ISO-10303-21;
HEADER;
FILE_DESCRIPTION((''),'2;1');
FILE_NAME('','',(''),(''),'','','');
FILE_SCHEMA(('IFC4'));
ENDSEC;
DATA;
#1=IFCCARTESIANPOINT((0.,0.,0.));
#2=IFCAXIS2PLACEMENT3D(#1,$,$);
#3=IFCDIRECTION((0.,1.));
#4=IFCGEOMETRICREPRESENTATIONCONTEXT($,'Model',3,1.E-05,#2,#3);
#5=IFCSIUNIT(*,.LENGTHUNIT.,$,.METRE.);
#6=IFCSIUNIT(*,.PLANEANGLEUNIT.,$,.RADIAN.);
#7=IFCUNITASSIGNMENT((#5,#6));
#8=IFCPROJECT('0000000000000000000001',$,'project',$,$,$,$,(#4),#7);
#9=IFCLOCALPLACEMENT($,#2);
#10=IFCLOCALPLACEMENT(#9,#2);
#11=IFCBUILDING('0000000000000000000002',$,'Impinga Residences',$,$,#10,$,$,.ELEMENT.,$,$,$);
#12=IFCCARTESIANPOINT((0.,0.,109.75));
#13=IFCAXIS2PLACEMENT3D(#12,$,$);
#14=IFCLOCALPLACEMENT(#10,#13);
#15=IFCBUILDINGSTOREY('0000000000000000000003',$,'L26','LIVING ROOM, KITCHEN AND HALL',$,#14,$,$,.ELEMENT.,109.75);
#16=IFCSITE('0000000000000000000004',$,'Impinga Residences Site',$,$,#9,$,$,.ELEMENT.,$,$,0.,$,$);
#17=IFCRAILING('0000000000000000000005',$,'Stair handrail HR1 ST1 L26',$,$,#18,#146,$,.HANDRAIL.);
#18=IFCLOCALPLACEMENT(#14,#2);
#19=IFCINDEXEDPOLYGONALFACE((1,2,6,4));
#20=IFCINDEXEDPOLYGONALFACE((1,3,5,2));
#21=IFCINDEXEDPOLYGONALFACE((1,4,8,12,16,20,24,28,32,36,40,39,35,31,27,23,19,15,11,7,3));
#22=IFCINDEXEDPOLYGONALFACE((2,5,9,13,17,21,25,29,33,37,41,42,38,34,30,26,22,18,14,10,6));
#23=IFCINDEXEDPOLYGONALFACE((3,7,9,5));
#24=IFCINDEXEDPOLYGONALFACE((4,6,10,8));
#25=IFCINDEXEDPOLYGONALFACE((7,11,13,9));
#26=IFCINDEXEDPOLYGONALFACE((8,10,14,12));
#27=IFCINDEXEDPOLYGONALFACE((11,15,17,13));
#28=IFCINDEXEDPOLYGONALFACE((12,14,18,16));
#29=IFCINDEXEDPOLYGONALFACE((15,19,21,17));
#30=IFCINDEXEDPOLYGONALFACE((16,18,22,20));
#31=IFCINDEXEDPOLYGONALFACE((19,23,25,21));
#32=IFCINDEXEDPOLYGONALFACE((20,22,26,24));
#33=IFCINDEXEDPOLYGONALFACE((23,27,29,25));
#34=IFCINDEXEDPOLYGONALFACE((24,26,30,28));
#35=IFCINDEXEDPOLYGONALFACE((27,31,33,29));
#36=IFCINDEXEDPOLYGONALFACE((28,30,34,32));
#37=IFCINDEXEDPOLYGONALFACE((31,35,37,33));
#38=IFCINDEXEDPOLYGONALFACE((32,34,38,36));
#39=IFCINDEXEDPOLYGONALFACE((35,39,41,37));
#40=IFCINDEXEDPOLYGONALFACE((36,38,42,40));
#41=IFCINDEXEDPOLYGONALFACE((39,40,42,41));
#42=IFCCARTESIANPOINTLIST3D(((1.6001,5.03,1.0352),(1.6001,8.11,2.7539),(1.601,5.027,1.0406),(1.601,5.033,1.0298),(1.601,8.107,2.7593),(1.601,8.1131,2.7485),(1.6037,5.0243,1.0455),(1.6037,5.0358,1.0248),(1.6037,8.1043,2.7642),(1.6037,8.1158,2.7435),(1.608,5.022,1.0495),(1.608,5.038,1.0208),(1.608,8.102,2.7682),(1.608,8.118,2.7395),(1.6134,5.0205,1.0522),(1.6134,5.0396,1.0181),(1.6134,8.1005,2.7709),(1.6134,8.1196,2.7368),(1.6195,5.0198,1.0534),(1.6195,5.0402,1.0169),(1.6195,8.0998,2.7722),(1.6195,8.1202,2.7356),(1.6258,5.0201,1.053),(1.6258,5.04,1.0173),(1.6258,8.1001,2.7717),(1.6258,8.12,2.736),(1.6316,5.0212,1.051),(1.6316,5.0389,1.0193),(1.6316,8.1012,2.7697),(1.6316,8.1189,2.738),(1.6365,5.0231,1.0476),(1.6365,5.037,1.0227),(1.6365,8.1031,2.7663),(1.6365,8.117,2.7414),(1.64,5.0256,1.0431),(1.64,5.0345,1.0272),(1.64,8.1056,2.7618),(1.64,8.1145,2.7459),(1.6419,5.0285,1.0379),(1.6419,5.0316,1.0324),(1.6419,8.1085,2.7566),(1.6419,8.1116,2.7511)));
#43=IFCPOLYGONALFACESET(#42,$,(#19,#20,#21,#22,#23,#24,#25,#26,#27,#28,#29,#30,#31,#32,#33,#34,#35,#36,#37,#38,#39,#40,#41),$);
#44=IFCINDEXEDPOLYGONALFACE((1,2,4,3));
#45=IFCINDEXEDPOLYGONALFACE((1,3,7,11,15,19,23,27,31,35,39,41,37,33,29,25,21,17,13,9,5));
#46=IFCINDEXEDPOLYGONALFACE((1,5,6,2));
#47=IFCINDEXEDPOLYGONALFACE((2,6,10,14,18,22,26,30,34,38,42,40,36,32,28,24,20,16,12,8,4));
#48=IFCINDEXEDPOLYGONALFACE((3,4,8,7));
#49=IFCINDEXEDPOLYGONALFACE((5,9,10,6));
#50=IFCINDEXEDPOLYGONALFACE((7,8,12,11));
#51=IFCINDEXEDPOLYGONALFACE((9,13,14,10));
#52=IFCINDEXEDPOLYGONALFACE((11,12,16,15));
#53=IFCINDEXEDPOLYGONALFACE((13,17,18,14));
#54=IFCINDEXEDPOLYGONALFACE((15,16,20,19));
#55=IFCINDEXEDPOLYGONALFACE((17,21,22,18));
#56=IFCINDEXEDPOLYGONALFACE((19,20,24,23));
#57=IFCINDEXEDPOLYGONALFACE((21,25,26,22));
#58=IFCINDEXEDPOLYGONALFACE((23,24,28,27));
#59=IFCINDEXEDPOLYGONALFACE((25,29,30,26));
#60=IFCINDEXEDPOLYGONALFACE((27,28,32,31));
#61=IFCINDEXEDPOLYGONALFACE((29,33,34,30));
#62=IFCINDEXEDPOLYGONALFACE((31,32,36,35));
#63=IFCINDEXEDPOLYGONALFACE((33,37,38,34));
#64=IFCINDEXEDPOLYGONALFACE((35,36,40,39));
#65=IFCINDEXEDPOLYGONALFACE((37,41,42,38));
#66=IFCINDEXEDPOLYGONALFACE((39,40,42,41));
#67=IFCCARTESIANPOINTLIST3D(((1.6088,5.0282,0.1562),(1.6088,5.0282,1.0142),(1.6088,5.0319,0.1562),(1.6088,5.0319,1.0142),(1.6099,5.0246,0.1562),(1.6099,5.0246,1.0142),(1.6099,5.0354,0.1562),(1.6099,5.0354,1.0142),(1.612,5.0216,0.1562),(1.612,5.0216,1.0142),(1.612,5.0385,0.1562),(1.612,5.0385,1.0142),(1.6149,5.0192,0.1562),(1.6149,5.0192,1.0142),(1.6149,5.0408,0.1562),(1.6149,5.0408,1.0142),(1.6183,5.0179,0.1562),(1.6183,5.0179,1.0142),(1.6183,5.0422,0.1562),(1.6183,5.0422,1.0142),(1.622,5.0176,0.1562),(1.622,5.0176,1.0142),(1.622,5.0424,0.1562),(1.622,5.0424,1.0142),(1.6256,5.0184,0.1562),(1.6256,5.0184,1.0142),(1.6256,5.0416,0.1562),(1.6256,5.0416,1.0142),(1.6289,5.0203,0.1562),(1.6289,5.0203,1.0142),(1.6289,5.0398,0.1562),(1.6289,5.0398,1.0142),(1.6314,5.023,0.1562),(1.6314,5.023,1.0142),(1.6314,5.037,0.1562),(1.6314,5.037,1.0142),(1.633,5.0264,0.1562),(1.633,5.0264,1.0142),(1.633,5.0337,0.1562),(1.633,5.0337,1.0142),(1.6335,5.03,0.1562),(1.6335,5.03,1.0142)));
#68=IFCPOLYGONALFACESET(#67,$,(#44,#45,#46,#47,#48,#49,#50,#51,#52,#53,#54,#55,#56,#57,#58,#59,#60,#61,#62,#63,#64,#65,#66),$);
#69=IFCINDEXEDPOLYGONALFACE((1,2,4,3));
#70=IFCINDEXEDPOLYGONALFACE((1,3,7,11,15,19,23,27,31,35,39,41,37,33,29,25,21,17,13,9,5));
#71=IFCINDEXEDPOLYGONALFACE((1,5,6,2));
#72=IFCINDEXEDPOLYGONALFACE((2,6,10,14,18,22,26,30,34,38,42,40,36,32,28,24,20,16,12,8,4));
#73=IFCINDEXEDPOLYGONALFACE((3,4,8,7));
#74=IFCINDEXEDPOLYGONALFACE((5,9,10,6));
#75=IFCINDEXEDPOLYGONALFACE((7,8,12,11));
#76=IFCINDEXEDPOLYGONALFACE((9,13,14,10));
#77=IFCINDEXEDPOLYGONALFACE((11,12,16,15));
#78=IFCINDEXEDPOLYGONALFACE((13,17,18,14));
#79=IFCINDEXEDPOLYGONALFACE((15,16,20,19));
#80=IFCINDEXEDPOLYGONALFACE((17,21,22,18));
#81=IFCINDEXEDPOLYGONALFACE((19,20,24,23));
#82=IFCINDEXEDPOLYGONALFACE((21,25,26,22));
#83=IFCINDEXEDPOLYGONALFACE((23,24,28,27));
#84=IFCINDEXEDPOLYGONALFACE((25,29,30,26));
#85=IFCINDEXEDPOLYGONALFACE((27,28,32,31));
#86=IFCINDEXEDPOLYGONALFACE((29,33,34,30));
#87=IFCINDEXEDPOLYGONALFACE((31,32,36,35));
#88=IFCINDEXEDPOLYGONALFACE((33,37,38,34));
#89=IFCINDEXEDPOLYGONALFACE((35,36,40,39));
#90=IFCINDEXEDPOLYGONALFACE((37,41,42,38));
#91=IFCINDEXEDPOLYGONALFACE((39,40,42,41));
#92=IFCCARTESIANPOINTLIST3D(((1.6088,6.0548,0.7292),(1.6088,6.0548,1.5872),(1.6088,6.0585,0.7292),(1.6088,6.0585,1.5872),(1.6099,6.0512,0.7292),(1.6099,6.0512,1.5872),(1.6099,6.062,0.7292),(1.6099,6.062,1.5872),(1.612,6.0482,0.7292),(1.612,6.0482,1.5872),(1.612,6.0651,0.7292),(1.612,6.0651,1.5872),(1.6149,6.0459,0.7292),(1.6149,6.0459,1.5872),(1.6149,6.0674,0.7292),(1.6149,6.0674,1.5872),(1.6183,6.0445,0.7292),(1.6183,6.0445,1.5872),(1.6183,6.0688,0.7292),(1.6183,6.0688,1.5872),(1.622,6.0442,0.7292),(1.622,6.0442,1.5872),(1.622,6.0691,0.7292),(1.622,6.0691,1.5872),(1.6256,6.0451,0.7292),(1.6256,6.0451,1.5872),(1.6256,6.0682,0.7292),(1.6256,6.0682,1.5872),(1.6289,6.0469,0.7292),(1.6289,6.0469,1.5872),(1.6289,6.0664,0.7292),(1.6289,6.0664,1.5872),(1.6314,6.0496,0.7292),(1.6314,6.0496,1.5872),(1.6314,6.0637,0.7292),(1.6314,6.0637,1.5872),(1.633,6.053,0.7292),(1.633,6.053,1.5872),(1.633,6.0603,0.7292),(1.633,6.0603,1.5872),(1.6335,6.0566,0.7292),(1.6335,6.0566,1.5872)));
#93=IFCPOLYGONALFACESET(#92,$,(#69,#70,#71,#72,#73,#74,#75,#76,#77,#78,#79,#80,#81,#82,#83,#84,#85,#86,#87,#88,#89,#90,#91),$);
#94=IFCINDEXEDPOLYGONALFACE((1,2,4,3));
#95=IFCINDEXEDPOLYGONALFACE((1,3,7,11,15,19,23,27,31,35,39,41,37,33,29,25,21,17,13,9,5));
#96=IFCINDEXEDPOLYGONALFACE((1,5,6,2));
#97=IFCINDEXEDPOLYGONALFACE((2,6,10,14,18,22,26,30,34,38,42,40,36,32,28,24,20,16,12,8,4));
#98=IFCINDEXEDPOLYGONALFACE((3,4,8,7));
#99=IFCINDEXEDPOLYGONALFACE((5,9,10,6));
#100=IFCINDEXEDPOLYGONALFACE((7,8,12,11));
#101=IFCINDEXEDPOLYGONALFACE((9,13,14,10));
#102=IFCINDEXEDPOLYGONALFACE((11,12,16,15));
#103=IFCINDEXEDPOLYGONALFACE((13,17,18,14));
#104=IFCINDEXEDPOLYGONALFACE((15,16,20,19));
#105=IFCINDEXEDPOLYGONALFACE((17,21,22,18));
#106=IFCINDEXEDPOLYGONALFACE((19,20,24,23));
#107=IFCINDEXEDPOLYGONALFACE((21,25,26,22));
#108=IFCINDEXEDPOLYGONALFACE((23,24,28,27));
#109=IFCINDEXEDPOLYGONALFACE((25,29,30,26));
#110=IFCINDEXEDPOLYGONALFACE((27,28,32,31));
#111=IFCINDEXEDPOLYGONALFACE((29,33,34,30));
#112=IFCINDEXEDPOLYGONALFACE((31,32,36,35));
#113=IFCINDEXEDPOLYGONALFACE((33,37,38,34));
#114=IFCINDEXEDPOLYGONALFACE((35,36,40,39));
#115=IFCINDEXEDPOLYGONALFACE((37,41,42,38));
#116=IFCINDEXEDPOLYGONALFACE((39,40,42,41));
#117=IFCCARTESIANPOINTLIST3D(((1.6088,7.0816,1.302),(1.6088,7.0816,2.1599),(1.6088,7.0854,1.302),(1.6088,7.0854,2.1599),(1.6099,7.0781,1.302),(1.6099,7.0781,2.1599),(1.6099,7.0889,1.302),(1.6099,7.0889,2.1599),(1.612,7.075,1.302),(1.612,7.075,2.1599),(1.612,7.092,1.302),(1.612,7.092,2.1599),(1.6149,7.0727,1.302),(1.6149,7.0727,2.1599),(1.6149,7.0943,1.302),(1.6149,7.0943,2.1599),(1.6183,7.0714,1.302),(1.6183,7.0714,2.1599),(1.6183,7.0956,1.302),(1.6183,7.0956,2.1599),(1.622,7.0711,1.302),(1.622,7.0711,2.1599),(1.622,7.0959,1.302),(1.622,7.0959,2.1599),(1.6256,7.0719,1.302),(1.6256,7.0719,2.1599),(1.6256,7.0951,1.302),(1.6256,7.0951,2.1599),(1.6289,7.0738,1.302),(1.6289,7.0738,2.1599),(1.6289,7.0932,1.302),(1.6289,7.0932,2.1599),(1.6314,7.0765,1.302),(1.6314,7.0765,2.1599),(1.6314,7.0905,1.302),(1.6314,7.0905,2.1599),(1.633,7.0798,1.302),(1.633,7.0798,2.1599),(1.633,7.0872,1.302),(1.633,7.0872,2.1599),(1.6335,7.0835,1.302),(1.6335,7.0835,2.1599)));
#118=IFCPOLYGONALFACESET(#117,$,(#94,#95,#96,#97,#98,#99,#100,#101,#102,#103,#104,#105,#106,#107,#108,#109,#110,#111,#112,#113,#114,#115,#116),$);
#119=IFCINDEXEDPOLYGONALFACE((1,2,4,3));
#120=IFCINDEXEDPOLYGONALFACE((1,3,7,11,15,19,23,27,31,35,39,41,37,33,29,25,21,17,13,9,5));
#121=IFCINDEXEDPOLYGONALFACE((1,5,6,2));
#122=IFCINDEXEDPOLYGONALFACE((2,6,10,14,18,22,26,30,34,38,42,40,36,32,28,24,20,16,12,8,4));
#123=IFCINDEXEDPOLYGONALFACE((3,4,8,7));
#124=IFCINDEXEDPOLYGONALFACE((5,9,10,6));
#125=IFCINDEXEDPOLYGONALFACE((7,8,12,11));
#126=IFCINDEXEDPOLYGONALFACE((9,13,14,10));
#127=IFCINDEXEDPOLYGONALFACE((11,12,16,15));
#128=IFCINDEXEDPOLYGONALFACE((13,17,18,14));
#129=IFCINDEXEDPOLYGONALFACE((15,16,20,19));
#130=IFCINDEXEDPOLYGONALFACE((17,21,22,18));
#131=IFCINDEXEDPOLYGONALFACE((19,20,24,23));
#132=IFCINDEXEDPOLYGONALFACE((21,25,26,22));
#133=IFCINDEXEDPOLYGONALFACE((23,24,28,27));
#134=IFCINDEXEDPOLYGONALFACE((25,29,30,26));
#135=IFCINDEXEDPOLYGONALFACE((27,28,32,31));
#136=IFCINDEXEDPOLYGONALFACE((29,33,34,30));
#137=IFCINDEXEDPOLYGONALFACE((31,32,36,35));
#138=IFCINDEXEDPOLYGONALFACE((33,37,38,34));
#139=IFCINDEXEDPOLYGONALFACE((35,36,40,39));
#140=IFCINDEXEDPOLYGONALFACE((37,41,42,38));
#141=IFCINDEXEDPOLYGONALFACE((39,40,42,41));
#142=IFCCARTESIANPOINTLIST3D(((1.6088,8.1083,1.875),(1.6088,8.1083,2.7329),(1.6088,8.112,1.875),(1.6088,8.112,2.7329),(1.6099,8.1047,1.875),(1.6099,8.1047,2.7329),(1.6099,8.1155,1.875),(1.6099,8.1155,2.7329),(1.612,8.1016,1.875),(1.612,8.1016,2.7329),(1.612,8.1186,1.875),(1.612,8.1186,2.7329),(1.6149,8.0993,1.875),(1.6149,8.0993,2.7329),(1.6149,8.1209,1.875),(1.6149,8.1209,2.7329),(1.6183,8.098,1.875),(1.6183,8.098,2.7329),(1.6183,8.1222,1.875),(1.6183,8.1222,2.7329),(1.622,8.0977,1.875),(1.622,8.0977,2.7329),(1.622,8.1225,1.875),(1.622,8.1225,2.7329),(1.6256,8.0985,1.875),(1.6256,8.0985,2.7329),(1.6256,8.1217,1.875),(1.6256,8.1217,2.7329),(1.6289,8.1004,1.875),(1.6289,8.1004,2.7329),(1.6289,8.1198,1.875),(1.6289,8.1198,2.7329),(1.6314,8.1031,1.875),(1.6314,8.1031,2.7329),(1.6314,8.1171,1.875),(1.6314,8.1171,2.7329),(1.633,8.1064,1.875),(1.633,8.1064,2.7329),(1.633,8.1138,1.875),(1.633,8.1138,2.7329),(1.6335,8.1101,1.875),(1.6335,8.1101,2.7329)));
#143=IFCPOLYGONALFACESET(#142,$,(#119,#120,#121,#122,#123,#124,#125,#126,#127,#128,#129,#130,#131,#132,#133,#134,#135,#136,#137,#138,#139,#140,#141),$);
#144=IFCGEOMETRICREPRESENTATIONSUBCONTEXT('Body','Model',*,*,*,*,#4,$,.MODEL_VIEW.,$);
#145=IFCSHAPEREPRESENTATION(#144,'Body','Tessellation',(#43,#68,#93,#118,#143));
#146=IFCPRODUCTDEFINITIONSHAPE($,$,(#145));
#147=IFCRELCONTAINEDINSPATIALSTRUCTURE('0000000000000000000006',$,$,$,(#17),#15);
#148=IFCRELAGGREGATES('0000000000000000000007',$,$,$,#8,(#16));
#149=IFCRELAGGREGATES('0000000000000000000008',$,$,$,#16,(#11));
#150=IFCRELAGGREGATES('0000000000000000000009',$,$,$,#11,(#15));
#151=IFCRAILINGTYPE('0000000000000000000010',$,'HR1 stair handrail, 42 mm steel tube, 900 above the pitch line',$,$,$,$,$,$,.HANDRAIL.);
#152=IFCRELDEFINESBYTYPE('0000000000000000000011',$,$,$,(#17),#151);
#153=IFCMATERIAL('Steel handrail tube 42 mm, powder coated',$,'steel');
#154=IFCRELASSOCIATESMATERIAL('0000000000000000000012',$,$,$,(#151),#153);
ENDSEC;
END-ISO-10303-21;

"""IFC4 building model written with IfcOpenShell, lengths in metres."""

from ifc_helpers import new_model, si_unit, direction, frame, origin, origin_2d, place, context, subcontext, project, spatial, circle, extrude, material, type_object, element, save


model = new_model("IFC4")

# Units and contexts
model_context = context("Model", 3, precision=1e-05, world=origin(), true_north=direction((0.0, 1.0)))
body_context = subcontext(model_context, "Body", "Model", "MODEL_VIEW")
ifc_project = project(units=[si_unit("LENGTHUNIT", "METRE"), si_unit("PLANEANGLEUNIT", "RADIAN")], contexts=[model_context])

# Site, building, storey
site_placement = place(None, origin())
site = spatial("IfcSite", under=ifc_project, at=site_placement, Name="Impinga Residences Site", CompositionType="ELEMENT", RefElevation=0.0)
building_placement = place(site_placement, origin())
building = spatial("IfcBuilding", under=site, at=building_placement, Name="Impinga Residences", CompositionType="ELEMENT")
storey_placement = place(building_placement, frame((0.0, 0.0, 109.75)))
storey = spatial("IfcBuildingStorey", under=building, at=storey_placement, Name="L26", Description="LIVING ROOM, KITCHEN AND HALL", CompositionType="ELEMENT", Elevation=109.75)

# Railing
ifc_material_1 = material(Name="Steel handrail tube 42 mm, powder coated", Category="steel")
railing_type_1 = type_object("IfcRailingType", Name="HR1 stair handrail, 42 mm steel tube, 900 above the pitch line", PredefinedType="HANDRAIL", material=ifc_material_1)
railing_1_placement = place(storey_placement, frame((1.6211, 5.03, 0.1562)))
element("IfcRailing", 1, at=railing_1_placement, inside=storey, type_object=railing_type_1, Name="Stair handrail HR1 ST1 L26", PredefinedType="HANDRAIL", context=body_context, shape_type="SweptSolid", body=[
    extrude(circle(Radius=0.021, at=origin_2d()), frame((0.0, 0.0, 0.8789), z_axis=(0.0, 0.873242, 0.487288), x_axis=(-1.0, 0.0, 0.0)), (0.0, 0.0, 1.0), 3.5271),
    extrude(circle(Radius=0.0125, at=origin_2d()), origin(), (0.0, 0.0, 1.0), 0.8579),
    extrude(circle(Radius=0.0125, at=origin_2d()), frame((0.0, 1.0266, 0.573)), (0.0, 0.0, 1.0), 0.8579),
    extrude(circle(Radius=0.0125, at=origin_2d()), frame((0.0, 2.0535, 1.1458)), (0.0, 0.0, 1.0), 0.8579),
    extrude(circle(Radius=0.0125, at=origin_2d()), frame((0.0, 3.0801, 1.7188)), (0.0, 0.0, 1.0), 0.8579),
])

save(model, "model.ifc")
